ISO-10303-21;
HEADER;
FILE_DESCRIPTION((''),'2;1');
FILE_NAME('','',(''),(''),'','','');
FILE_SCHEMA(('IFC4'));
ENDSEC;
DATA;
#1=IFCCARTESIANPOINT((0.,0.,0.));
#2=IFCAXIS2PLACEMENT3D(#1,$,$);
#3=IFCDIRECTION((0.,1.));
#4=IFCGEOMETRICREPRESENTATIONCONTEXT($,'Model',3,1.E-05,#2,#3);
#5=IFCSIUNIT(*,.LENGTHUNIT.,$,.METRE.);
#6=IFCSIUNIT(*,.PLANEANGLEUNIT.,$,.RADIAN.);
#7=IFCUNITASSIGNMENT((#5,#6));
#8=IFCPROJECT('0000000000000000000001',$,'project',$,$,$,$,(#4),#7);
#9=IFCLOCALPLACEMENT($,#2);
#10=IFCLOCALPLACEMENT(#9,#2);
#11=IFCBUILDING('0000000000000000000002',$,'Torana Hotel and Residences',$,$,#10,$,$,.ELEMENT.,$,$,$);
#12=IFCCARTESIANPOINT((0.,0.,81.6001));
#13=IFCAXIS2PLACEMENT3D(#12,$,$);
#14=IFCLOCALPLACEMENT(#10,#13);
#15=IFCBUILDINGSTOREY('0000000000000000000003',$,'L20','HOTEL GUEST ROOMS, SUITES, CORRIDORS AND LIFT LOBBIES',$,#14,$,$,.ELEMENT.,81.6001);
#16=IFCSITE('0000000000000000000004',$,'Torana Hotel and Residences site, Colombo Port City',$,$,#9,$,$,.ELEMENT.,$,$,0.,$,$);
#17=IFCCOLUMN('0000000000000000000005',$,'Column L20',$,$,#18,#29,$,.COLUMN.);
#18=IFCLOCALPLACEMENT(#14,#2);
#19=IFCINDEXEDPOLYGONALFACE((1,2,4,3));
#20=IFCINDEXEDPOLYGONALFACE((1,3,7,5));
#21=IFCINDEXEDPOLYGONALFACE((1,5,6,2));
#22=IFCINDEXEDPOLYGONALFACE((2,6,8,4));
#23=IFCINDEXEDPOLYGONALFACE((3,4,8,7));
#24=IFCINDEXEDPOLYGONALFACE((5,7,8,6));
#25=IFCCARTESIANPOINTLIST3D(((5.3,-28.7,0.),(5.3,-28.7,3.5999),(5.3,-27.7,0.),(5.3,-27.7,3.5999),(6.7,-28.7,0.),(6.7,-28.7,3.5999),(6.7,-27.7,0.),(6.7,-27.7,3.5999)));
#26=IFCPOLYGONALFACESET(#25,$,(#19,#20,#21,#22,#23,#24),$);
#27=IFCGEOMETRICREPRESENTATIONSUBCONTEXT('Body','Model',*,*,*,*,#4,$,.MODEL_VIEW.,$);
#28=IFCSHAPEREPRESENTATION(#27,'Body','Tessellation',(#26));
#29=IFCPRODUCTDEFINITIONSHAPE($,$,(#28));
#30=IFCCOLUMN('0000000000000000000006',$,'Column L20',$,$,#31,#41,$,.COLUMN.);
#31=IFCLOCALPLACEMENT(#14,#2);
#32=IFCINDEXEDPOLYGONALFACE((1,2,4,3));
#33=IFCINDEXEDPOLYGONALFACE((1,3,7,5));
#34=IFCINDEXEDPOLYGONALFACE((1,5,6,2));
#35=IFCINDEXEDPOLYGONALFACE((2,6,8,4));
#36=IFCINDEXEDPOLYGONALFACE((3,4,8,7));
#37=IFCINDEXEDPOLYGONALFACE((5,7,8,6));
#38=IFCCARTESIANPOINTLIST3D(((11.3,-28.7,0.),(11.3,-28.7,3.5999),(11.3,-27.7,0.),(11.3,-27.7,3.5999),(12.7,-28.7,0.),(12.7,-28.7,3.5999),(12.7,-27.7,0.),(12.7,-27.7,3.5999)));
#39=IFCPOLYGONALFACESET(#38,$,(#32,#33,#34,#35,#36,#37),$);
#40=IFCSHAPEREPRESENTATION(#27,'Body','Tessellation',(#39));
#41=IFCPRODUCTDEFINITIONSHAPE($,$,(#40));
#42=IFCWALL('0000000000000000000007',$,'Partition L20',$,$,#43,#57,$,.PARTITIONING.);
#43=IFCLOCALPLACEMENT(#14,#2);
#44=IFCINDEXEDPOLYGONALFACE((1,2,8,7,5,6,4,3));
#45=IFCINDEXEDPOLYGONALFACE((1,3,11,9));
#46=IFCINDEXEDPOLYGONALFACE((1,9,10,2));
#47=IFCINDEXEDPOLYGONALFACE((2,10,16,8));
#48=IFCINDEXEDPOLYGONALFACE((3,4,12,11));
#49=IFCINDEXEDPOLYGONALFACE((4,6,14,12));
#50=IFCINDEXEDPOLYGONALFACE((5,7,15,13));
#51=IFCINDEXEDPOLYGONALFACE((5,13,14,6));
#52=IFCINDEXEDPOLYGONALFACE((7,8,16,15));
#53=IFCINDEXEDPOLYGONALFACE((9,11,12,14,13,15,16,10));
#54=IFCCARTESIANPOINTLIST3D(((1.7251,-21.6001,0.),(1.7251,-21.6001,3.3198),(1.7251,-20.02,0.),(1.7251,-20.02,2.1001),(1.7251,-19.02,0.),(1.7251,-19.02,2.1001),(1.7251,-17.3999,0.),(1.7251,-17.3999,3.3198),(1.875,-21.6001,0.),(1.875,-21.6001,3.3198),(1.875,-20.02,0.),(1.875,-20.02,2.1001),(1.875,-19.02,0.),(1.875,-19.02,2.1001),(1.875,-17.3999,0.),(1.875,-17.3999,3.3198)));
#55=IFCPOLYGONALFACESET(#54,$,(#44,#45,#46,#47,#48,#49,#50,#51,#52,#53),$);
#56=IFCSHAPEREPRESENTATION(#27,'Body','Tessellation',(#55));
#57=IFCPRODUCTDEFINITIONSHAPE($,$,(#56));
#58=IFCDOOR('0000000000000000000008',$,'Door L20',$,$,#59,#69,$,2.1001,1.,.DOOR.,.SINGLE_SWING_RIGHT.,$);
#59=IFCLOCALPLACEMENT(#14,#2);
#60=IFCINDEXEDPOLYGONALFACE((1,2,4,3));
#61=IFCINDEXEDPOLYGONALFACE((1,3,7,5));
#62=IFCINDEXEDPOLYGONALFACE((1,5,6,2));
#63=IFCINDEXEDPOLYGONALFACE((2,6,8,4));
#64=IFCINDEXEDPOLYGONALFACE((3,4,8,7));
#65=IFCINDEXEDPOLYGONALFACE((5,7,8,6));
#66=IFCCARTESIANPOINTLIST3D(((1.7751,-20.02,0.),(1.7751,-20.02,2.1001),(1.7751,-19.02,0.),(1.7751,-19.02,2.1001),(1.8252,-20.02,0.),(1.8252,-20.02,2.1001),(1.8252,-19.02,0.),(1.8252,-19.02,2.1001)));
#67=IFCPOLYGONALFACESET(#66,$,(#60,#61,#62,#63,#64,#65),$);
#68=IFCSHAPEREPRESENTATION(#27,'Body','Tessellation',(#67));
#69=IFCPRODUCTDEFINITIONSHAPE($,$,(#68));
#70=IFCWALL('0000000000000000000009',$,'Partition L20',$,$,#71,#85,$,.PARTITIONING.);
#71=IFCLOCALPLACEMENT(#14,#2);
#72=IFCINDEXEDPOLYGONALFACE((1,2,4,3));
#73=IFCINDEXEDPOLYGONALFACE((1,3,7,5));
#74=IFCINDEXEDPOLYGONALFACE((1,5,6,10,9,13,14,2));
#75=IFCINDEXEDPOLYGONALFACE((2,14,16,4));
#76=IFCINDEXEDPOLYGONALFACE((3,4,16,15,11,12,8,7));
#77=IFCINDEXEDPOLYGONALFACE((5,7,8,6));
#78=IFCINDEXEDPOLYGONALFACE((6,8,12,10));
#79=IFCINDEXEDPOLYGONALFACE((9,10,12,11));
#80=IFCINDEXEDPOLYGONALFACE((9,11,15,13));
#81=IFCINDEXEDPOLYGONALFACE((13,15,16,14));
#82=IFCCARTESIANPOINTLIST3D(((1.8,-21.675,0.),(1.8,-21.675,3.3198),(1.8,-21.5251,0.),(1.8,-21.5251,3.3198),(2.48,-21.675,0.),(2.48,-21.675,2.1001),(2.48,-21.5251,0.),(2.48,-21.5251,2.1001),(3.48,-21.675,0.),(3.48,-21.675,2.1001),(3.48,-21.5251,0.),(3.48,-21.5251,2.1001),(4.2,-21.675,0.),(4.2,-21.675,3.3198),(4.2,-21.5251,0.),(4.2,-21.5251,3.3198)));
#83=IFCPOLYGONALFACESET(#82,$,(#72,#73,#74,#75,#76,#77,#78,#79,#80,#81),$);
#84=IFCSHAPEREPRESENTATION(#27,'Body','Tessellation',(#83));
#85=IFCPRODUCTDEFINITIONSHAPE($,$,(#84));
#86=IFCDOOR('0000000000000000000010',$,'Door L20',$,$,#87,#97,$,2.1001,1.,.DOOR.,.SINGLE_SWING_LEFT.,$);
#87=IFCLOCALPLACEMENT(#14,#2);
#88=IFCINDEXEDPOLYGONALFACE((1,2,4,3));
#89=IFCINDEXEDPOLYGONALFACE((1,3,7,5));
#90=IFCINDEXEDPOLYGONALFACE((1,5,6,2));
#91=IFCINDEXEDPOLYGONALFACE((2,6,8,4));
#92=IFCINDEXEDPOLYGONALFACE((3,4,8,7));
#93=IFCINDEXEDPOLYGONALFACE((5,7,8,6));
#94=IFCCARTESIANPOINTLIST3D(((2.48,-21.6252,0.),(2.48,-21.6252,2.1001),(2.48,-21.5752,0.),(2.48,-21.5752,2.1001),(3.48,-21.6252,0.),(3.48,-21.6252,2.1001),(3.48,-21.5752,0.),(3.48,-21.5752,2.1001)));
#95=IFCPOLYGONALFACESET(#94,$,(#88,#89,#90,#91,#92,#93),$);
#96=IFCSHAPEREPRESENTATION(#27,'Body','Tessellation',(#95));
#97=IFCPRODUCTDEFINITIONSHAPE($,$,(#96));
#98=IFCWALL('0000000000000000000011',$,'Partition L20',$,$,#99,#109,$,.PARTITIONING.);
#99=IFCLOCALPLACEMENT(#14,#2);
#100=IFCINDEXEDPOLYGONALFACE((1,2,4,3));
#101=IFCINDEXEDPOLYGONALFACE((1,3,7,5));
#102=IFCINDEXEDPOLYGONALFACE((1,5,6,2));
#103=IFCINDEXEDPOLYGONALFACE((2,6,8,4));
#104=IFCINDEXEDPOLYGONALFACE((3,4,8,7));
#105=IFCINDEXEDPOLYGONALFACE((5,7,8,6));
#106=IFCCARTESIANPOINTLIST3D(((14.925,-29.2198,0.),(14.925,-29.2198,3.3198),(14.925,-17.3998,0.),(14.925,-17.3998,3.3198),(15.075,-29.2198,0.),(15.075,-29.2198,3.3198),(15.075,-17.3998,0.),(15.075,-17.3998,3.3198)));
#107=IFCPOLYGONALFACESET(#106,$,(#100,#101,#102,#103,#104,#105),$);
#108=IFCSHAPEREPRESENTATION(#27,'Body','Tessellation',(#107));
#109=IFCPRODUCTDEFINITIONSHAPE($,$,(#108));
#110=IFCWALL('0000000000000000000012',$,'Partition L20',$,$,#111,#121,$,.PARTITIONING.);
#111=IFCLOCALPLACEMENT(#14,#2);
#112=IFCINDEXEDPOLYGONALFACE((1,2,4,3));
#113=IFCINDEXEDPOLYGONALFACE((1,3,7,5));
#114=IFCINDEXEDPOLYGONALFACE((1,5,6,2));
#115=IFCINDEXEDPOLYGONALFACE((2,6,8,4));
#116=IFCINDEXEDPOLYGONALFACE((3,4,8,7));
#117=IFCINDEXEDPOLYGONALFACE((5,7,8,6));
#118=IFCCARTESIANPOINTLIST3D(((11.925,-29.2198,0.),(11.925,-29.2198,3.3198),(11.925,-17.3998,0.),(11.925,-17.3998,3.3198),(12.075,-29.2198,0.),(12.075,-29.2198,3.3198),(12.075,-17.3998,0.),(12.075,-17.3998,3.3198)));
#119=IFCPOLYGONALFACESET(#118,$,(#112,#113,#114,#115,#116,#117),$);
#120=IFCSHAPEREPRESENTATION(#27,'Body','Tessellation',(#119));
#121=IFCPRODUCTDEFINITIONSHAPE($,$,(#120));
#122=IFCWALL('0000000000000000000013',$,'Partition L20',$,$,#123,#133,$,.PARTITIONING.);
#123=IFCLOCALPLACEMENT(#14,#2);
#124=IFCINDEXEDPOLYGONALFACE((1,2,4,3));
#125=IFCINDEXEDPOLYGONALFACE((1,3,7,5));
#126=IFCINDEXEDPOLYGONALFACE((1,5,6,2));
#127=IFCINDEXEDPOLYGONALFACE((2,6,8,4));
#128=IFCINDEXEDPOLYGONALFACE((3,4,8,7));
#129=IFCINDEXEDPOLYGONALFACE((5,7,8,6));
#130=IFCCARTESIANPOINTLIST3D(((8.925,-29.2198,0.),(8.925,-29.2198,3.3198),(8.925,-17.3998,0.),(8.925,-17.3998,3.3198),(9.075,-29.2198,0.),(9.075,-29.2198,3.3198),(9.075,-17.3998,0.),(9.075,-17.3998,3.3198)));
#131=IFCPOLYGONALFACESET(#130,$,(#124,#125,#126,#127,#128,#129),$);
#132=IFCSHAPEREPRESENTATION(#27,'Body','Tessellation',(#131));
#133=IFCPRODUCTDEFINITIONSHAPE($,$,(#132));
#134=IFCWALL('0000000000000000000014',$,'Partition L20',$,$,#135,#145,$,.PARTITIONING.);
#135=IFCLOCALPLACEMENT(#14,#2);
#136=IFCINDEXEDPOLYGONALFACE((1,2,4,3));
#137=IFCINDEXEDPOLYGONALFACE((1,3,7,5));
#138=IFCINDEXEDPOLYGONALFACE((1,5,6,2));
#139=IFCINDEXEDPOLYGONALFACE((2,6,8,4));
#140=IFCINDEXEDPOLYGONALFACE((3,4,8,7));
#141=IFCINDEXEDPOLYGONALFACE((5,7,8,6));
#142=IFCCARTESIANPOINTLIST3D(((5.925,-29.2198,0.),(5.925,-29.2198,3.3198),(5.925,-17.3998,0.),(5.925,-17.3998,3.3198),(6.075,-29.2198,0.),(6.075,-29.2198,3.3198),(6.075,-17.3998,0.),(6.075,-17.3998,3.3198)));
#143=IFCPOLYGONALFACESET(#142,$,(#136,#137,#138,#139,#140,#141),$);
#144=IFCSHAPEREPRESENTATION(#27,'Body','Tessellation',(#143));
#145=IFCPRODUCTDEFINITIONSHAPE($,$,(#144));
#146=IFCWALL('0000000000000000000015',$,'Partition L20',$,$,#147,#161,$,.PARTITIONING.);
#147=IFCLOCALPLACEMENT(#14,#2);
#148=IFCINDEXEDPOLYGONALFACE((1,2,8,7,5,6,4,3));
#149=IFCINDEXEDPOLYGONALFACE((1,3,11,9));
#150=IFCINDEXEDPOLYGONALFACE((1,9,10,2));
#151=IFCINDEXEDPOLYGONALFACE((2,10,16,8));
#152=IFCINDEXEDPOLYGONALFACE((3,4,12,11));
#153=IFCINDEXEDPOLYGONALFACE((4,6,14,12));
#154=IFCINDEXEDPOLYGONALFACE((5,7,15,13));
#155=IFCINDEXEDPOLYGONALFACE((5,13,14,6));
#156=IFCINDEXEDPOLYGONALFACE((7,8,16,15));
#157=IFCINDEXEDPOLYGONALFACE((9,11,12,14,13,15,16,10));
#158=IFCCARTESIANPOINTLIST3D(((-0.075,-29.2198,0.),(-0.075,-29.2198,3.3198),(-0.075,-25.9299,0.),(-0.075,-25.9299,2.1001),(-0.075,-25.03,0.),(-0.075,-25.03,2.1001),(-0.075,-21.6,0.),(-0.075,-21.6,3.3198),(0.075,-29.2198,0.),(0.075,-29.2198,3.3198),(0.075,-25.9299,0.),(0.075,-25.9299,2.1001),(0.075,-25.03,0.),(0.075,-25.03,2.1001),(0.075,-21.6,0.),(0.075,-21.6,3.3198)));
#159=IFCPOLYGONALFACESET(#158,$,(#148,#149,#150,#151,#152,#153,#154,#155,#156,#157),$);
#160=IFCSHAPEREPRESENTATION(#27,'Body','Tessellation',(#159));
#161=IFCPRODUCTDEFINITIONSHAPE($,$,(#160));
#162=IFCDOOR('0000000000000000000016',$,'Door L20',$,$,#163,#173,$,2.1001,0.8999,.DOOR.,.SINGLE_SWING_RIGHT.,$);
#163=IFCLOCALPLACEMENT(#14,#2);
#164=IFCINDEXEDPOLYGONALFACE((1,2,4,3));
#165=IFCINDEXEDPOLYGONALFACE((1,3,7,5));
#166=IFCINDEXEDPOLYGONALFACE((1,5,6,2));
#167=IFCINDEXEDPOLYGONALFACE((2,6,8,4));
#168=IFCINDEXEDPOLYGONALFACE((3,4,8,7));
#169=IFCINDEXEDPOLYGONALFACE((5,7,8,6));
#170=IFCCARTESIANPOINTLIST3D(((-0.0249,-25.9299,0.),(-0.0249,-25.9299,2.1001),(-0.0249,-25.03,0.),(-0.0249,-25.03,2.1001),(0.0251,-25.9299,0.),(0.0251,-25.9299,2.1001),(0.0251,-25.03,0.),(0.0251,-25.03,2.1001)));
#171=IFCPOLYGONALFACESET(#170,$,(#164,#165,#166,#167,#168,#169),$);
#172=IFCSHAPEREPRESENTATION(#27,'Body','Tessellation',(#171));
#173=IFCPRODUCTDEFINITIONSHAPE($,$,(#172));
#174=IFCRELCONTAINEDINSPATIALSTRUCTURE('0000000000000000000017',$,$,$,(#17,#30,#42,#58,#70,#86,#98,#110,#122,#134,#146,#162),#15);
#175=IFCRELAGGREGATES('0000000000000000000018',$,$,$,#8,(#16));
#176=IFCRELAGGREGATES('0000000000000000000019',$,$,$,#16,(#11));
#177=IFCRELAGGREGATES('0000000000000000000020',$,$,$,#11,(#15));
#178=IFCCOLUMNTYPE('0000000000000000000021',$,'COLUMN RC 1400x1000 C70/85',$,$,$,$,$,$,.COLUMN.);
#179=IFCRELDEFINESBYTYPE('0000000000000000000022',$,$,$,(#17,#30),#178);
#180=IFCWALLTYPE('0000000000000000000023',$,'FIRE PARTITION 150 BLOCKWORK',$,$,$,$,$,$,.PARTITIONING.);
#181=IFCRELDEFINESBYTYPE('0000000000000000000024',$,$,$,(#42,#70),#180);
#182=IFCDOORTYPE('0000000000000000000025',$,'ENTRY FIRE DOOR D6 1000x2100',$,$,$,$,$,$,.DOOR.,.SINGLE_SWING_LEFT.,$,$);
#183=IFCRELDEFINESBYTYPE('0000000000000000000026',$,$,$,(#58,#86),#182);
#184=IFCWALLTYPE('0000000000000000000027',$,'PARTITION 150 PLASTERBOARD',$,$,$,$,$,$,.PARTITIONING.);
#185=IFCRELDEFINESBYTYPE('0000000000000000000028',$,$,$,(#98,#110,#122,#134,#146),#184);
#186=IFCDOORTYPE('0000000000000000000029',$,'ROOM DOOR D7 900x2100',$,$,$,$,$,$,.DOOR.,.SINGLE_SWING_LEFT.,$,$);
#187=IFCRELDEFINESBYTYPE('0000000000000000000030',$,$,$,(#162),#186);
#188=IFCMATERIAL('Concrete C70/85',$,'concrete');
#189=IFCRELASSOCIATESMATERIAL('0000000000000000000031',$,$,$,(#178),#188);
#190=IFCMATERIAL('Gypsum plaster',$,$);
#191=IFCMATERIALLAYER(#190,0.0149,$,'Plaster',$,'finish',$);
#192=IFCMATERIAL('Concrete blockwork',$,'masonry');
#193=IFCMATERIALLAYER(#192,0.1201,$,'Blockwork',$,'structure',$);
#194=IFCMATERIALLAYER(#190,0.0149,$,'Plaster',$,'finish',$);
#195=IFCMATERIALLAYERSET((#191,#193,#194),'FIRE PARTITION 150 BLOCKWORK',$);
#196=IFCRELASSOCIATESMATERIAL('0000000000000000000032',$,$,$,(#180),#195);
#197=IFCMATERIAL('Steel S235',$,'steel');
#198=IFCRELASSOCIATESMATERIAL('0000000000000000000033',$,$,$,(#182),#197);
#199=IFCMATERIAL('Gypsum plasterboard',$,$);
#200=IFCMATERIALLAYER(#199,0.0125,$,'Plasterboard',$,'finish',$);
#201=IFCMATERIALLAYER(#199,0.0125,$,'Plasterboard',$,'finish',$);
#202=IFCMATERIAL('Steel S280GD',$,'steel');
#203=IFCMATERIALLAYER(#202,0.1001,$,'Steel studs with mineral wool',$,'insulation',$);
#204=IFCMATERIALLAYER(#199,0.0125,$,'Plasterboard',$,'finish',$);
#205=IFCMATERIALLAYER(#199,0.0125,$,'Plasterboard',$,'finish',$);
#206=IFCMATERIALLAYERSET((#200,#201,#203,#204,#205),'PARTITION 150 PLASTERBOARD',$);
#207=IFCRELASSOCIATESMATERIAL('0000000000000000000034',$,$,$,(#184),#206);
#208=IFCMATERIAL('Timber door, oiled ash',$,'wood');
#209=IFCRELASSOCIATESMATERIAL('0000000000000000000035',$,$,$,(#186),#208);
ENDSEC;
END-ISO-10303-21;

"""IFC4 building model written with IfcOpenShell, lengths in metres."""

from ifc_helpers import new_model, si_unit, direction, frame, frame_2d, origin, origin_2d, place, context, subcontext, project, spatial, rectangle, extrude, material, layer, layer_set, material_profile, profile_set, type_object, element, fill, save


model = new_model("IFC4")

# Units and contexts
model_context = context("Model", 3, precision=1e-05, world=origin(), true_north=direction((0.0, 1.0)))
body_context = subcontext(model_context, "Body", "Model", "MODEL_VIEW")
ifc_project = project(units=[si_unit("LENGTHUNIT", "METRE"), si_unit("PLANEANGLEUNIT", "RADIAN")], contexts=[model_context])

# Site, building, storey
site_placement = place(None, origin())
site = spatial("IfcSite", under=ifc_project, at=site_placement, Name="Torana Hotel and Residences site, Colombo Port City", CompositionType="ELEMENT", RefElevation=0.0)
building_placement = place(site_placement, origin())
building = spatial("IfcBuilding", under=site, at=building_placement, Name="Torana Hotel and Residences", CompositionType="ELEMENT")
storey_placement = place(building_placement, frame((0.0, 0.0, 81.6001)))
storey = spatial("IfcBuildingStorey", under=building, at=storey_placement, Name="L20", Description="HOTEL GUEST ROOMS, SUITES, CORRIDORS AND LIFT LOBBIES", CompositionType="ELEMENT", Elevation=81.6001)

# Columns
ifc_material_1 = material(Name="Concrete C70/85", Category="concrete")
ifc_material_profile = material_profile(ifc_material_1, rectangle(XDim=1.3999, YDim=1.0, at=origin_2d()), Name="RC 1400x1000")
ifc_profile_set = profile_set([ifc_material_profile], Name="Concrete C70/85")
column_type = type_object("IfcColumnType", Name="COLUMN RC 1400x1000 C70/85", PredefinedType="COLUMN", material=ifc_profile_set)
for number, where, z_axis, x_axis, name in (
    (1, (6.0, -28.2, 0.0), (0.0, 0.0, 1.0), (1.0, 0.0, 0.0), "Column L20"),
    (2, (12.0, -28.2, 0.0), (0.0, 0.0, 1.0), (1.0, 0.0, 0.0), "Column L20"),
):
    element("IfcColumn", number, at=place(storey_placement, frame(where, z_axis=z_axis, x_axis=x_axis)), inside=storey, type_object=column_type, Name=name, PredefinedType="COLUMN", context=body_context, shape_type="SweptSolid", body=[
        extrude(rectangle(XDim=1.3999, YDim=1.0, at=origin_2d()), origin(), (0.0, 0.0, 1.0), 3.5999),
    ])

# Walls, openings, doors
ifc_material_2 = material(Name="Gypsum plaster")
ifc_layer_1 = layer(ifc_material_2, 0.0149, Name="Plaster", Category="finish")
ifc_material_3 = material(Name="Concrete blockwork", Category="masonry")
ifc_layer_2 = layer(ifc_material_3, 0.1201, Name="Blockwork", Category="structure")
ifc_layer_3 = layer(ifc_material_2, 0.0149, Name="Plaster", Category="finish")
ifc_layer_set_1 = layer_set([ifc_layer_1, ifc_layer_2, ifc_layer_3], Name="FIRE PARTITION 150 BLOCKWORK")
wall_type_1 = type_object("IfcWallType", Name="FIRE PARTITION 150 BLOCKWORK", PredefinedType="PARTITIONING", material=ifc_layer_set_1)
wall_1_placement = place(storey_placement, frame((1.8, -21.6001, 0.0), z_axis=(0.0, 0.0, 1.0), x_axis=(0.0, 1.0, 0.0)))
wall_1 = element("IfcWall", 3, at=wall_1_placement, inside=storey, type_object=wall_type_1, Name="Partition L20", PredefinedType="PARTITIONING", context=body_context, shape_type="SweptSolid", body=[
    extrude(rectangle(XDim=4.2002, YDim=0.1499, at=frame_2d((2.1001, 0.0))), origin(), (0.0, 0.0, 1.0), 3.3198),
])
opening_1_placement = place(wall_1_placement, frame((1.5801, 0.0, 0.0)))
opening_1 = element("IfcOpeningElement", 4, at=opening_1_placement, cuts=wall_1, PredefinedType="OPENING", context=body_context, shape_type="SweptSolid", body=[
    extrude(rectangle(XDim=1.0, YDim=2.1001, at=frame_2d((0.5, 1.05))), frame((0.0, 0.085, 0.0), z_axis=(0.0, -1.0, 0.0), x_axis=(1.0, 0.0, 0.0)), (0.0, 0.0, 1.0), 0.1699),
])
ifc_material_4 = material(Name="Steel S235", Category="steel")
door_type_1 = type_object("IfcDoorType", Name="ENTRY FIRE DOOR D6 1000x2100", OperationType="SINGLE_SWING_LEFT", PredefinedType="DOOR", material=ifc_material_4)
door_1_placement = place(opening_1_placement, origin())
door_1 = element("IfcDoor", 5, at=door_1_placement, inside=storey, type_object=door_type_1, Name="Door L20", OperationType="SINGLE_SWING_RIGHT", OverallHeight=2.1001, OverallWidth=1.0, PredefinedType="DOOR", context=body_context, shape_type="SweptSolid", body=[
    extrude(rectangle(XDim=1.0, YDim=2.1001, at=frame_2d((0.5, 1.05))), frame((0.0, 0.0249, 0.0), z_axis=(0.0, -1.0, 0.0), x_axis=(1.0, 0.0, 0.0)), (0.0, 0.0, 1.0), 0.05),
])
fill(opening_1, door_1)
wall_2_placement = place(storey_placement, frame((1.8, -21.6001, 0.0), z_axis=(0.0, 0.0, 1.0), x_axis=(1.0, 0.0, 0.0)))
wall_2 = element("IfcWall", 6, at=wall_2_placement, inside=storey, type_object=wall_type_1, Name="Partition L20", PredefinedType="PARTITIONING", context=body_context, shape_type="SweptSolid", body=[
    extrude(rectangle(XDim=2.3999, YDim=0.1499, at=frame_2d((1.2, 0.0))), origin(), (0.0, 0.0, 1.0), 3.3198),
])
opening_2_placement = place(wall_2_placement, frame((0.6799, 0.0, 0.0)))
opening_2 = element("IfcOpeningElement", 7, at=opening_2_placement, cuts=wall_2, PredefinedType="OPENING", context=body_context, shape_type="SweptSolid", body=[
    extrude(rectangle(XDim=1.0, YDim=2.1001, at=frame_2d((0.5, 1.05))), frame((0.0, 0.085, 0.0), z_axis=(0.0, -1.0, 0.0), x_axis=(1.0, 0.0, 0.0)), (0.0, 0.0, 1.0), 0.1699),
])
door_2_placement = place(opening_2_placement, frame((0.5, 0.0, 0.0), z_axis=(0.0, 0.0, 1.0), x_axis=(-1.0, 0.0, 0.0)))
door_2 = element("IfcDoor", 8, at=door_2_placement, inside=storey, type_object=door_type_1, Name="Door L20", OperationType="SINGLE_SWING_LEFT", OverallHeight=2.1001, OverallWidth=1.0, PredefinedType="DOOR", context=body_context, shape_type="SweptSolid", body=[
    extrude(rectangle(XDim=1.0, YDim=2.1001, at=frame_2d((0.0, 1.05))), frame((0.0, -0.0249, 0.0), z_axis=(0.0, 1.0, 0.0), x_axis=(-1.0, 0.0, 0.0)), (0.0, 0.0, 1.0), 0.05),
])
fill(opening_2, door_2)

# Walls
ifc_material_5 = material(Name="Gypsum plasterboard")
ifc_layer_4 = layer(ifc_material_5, 0.0125, Name="Plasterboard", Category="finish")
ifc_layer_5 = layer(ifc_material_5, 0.0125, Name="Plasterboard", Category="finish")
ifc_material_6 = material(Name="Steel S280GD", Category="steel")
ifc_layer_6 = layer(ifc_material_6, 0.1001, Name="Steel studs with mineral wool", Category="insulation")
ifc_layer_7 = layer(ifc_material_5, 0.0125, Name="Plasterboard", Category="finish")
ifc_layer_8 = layer(ifc_material_5, 0.0125, Name="Plasterboard", Category="finish")
ifc_layer_set_2 = layer_set([ifc_layer_4, ifc_layer_5, ifc_layer_6, ifc_layer_7, ifc_layer_8], Name="PARTITION 150 PLASTERBOARD")
wall_type_2 = type_object("IfcWallType", Name="PARTITION 150 PLASTERBOARD", PredefinedType="PARTITIONING", material=ifc_layer_set_2)
for number, where, z_axis, x_axis, name in (
    (9, (15.0, -29.22, 0.0), (0.0, 0.0, 1.0), (0.0, 1.0, 0.0), "Partition L20"),
    (10, (12.0, -29.22, 0.0), (0.0, 0.0, 1.0), (0.0, 1.0, 0.0), "Partition L20"),
    (11, (9.0, -29.22, 0.0), (0.0, 0.0, 1.0), (0.0, 1.0, 0.0), "Partition L20"),
    (12, (6.0, -29.22, 0.0), (0.0, 0.0, 1.0), (0.0, 1.0, 0.0), "Partition L20"),
):
    element("IfcWall", number, at=place(storey_placement, frame(where, z_axis=z_axis, x_axis=x_axis)), inside=storey, type_object=wall_type_2, Name=name, PredefinedType="PARTITIONING", context=body_context, shape_type="SweptSolid", body=[
        extrude(rectangle(XDim=11.8201, YDim=0.1499, at=frame_2d((5.9102, 0.0))), origin(), (0.0, 0.0, 1.0), 3.3198),
    ])

# Wall, opening, door
wall_3_placement = place(storey_placement, frame((0.0, -29.22, 0.0), z_axis=(0.0, 0.0, 1.0), x_axis=(0.0, 1.0, 0.0)))
wall_3 = element("IfcWall", 13, at=wall_3_placement, inside=storey, type_object=wall_type_2, Name="Partition L20", PredefinedType="PARTITIONING", context=body_context, shape_type="SweptSolid", body=[
    extrude(rectangle(XDim=7.6199, YDim=0.1499, at=frame_2d((3.8101, 0.0))), origin(), (0.0, 0.0, 1.0), 3.3198),
])
opening_3_placement = place(wall_3_placement, frame((3.29, 0.0, 0.0)))
opening_3 = element("IfcOpeningElement", 14, at=opening_3_placement, cuts=wall_3, PredefinedType="OPENING", context=body_context, shape_type="SweptSolid", body=[
    extrude(rectangle(XDim=0.8999, YDim=2.1001, at=frame_2d((0.45, 1.05))), frame((0.0, 0.085, 0.0), z_axis=(0.0, -1.0, 0.0), x_axis=(1.0, 0.0, 0.0)), (0.0, 0.0, 1.0), 0.1699),
])
ifc_material_7 = material(Name="Timber door, oiled ash", Category="wood")
door_type_2 = type_object("IfcDoorType", Name="ROOM DOOR D7 900x2100", OperationType="SINGLE_SWING_LEFT", PredefinedType="DOOR", material=ifc_material_7)
door_3_placement = place(opening_3_placement, origin())
door_3 = element("IfcDoor", 15, at=door_3_placement, inside=storey, type_object=door_type_2, Name="Door L20", OperationType="SINGLE_SWING_RIGHT", OverallHeight=2.1001, OverallWidth=0.8999, PredefinedType="DOOR", context=body_context, shape_type="SweptSolid", body=[
    extrude(rectangle(XDim=0.8999, YDim=2.1001, at=frame_2d((0.45, 1.05))), frame((0.0, 0.0249, 0.0), z_axis=(0.0, -1.0, 0.0), x_axis=(1.0, 0.0, 0.0)), (0.0, 0.0, 1.0), 0.05),
])
fill(opening_3, door_3)

save(model, "model.ifc")
